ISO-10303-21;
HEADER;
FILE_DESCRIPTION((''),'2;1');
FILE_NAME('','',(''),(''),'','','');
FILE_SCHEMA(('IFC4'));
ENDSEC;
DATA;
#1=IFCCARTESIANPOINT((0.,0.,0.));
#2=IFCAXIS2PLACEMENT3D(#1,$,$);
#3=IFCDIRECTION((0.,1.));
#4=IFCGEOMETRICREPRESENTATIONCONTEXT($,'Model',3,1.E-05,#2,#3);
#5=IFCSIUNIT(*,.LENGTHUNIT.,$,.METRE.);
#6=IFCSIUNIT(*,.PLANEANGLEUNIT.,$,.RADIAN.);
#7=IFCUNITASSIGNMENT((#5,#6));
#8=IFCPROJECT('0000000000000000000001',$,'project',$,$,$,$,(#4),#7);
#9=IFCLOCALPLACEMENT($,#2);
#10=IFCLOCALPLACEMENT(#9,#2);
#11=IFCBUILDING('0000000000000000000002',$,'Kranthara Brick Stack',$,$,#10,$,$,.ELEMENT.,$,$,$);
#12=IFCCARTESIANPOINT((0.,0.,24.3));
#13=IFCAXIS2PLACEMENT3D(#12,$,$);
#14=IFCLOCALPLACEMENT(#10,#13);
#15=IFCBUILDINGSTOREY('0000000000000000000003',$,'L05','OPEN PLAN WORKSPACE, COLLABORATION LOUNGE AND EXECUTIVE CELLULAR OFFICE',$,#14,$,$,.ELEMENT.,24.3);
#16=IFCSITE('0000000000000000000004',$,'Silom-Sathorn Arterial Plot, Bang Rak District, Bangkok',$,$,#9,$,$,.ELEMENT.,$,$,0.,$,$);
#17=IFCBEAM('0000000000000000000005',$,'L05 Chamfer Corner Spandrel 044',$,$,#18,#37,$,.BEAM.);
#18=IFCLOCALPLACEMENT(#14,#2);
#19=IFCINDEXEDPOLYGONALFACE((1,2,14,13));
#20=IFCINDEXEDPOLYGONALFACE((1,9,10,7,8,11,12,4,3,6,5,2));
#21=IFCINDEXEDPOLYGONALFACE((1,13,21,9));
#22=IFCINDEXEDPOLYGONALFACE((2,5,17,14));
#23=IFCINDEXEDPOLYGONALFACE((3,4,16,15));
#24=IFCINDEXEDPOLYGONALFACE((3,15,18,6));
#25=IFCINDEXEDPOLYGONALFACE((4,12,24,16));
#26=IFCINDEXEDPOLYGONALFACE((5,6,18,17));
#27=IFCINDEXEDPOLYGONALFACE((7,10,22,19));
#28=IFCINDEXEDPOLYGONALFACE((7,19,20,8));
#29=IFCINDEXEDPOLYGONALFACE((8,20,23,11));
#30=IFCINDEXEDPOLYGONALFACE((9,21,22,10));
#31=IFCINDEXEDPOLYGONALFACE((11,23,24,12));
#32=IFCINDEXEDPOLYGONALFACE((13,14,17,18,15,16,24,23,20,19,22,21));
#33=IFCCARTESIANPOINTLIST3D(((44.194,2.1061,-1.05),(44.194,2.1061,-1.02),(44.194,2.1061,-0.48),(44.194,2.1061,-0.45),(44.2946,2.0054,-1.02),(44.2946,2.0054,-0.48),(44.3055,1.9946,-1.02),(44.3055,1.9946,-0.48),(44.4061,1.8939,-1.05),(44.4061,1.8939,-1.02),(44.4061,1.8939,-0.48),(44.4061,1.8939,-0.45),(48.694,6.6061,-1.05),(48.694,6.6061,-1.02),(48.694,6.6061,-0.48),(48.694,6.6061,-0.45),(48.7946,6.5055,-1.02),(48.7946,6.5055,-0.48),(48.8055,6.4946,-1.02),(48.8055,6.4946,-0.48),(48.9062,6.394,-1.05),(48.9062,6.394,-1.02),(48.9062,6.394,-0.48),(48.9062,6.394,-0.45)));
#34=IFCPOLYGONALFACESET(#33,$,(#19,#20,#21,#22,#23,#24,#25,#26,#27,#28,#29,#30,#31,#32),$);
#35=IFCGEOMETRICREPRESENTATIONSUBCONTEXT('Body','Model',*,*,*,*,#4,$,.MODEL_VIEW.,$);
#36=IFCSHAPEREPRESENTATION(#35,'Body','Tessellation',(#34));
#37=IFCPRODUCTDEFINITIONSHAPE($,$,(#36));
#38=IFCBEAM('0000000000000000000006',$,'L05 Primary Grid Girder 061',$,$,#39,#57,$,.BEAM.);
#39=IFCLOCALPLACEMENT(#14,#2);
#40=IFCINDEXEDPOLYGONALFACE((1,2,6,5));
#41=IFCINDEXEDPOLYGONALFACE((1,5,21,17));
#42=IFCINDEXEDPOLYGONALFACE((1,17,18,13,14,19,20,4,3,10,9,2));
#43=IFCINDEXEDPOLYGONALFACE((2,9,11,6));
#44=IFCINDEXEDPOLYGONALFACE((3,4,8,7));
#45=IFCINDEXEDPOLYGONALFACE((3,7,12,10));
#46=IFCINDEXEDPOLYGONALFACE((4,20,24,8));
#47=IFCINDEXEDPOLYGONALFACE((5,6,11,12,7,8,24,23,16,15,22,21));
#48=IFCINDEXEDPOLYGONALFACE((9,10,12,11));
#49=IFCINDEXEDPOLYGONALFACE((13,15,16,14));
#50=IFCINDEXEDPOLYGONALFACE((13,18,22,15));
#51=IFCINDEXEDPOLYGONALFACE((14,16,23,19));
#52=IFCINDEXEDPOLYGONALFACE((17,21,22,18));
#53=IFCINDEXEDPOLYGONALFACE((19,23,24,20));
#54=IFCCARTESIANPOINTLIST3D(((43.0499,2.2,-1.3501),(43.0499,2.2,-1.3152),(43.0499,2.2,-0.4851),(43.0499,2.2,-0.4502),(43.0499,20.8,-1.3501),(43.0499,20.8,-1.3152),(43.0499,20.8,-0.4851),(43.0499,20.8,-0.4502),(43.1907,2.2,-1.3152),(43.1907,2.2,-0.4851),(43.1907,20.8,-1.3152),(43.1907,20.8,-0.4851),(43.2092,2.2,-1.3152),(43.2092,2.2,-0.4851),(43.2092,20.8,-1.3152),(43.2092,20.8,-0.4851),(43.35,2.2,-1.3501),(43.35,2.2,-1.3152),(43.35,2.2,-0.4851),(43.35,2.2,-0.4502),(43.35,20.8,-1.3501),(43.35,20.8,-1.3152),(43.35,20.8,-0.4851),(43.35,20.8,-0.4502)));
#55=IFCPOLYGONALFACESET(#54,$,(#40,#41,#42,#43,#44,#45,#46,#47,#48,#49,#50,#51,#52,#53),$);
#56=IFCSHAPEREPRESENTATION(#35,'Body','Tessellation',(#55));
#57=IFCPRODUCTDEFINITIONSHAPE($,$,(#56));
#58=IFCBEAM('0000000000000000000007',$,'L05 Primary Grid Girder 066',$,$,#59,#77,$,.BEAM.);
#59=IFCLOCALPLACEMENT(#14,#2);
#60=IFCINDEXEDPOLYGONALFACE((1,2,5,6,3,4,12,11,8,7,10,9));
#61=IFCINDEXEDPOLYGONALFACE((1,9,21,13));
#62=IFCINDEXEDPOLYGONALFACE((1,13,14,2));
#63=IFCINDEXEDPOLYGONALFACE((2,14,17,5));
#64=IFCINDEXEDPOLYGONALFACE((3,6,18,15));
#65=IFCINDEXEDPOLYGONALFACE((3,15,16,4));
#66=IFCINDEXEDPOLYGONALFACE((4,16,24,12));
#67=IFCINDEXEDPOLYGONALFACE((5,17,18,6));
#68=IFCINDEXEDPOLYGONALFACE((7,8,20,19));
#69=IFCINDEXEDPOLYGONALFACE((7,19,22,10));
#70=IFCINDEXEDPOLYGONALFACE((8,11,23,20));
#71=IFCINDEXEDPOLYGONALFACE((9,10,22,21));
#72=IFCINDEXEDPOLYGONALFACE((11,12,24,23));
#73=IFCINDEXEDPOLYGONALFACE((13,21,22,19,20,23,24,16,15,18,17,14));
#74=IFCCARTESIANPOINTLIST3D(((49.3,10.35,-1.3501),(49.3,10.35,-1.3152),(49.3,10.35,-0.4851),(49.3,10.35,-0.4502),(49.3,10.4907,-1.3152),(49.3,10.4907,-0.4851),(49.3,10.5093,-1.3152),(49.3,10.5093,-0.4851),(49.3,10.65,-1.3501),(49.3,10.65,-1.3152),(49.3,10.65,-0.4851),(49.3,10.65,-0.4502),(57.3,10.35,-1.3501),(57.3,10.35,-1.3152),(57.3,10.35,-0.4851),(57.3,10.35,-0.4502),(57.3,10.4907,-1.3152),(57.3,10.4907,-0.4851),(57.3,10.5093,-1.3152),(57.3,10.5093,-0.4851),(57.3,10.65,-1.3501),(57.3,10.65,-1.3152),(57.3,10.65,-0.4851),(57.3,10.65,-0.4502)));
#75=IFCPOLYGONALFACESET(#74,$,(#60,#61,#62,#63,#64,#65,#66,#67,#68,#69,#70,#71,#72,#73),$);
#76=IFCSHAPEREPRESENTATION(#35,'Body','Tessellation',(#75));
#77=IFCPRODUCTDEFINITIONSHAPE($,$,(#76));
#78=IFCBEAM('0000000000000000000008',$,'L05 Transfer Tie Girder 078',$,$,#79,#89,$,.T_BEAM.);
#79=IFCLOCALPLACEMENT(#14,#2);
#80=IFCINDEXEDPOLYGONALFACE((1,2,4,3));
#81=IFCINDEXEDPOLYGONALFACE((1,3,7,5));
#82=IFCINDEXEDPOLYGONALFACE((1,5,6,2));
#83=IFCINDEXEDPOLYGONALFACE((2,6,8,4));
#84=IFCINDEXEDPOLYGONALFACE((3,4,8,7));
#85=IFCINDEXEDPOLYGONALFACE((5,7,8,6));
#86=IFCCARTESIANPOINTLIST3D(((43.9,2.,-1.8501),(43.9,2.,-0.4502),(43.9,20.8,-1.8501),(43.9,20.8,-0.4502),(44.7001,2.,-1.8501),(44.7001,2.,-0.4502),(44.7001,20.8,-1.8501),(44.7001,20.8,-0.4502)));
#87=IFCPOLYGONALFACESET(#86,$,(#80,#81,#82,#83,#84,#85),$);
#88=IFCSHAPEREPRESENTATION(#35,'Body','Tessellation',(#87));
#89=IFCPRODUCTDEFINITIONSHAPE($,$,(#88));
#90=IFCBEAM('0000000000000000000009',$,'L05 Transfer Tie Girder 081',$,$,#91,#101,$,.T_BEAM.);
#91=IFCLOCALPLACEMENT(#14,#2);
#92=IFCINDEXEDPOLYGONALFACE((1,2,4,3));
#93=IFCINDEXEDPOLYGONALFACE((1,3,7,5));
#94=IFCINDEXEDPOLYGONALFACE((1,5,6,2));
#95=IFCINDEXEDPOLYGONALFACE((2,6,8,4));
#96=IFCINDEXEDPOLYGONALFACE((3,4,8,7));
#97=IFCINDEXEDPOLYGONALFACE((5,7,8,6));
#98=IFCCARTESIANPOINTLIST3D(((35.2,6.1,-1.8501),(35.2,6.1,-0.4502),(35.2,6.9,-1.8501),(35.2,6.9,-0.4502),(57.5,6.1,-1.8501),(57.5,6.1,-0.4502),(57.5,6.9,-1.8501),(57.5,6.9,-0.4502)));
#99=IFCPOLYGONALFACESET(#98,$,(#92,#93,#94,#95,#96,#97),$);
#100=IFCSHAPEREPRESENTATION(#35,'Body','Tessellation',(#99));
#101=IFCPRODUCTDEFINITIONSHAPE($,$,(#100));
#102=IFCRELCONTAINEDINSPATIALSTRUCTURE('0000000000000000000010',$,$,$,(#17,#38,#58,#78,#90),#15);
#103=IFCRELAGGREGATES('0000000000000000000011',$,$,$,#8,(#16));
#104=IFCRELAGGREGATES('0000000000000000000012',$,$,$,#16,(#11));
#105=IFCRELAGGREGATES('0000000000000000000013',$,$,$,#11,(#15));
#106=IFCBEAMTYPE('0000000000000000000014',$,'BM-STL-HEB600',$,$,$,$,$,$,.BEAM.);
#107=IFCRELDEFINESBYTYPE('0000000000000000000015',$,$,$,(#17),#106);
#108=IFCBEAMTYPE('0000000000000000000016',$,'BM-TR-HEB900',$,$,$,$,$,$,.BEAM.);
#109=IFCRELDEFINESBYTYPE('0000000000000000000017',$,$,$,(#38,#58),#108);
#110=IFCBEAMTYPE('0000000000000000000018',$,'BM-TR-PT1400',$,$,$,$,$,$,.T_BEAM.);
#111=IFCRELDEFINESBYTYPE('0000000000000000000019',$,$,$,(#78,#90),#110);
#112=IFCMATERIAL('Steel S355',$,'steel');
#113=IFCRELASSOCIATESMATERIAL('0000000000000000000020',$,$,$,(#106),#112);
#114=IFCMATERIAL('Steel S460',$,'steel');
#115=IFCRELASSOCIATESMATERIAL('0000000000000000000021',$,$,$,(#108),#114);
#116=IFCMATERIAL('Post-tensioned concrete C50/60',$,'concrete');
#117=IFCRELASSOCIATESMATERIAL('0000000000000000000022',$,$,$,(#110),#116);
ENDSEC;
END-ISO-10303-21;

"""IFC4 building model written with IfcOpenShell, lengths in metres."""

from ifc_helpers import new_model, si_unit, direction, frame, origin, origin_2d, place, context, subcontext, project, spatial, rectangle, i_section, extrude, material, material_profile, profile_set, type_object, element, save


model = new_model("IFC4")

# Units and contexts
model_context = context("Model", 3, precision=1e-05, world=origin(), true_north=direction((0.0, 1.0)))
body_context = subcontext(model_context, "Body", "Model", "MODEL_VIEW")
ifc_project = project(units=[si_unit("LENGTHUNIT", "METRE"), si_unit("PLANEANGLEUNIT", "RADIAN")], contexts=[model_context])

# Site, building, storey
site_placement = place(None, origin())
site = spatial("IfcSite", under=ifc_project, at=site_placement, Name="Silom-Sathorn Arterial Plot, Bang Rak District, Bangkok", CompositionType="ELEMENT", RefElevation=0.0)
building_placement = place(site_placement, origin())
building = spatial("IfcBuilding", under=site, at=building_placement, Name="Kranthara Brick Stack", CompositionType="ELEMENT")
storey_placement = place(building_placement, frame((0.0, 0.0, 24.3)))
storey = spatial("IfcBuildingStorey", under=building, at=storey_placement, Name="L05", Description="OPEN PLAN WORKSPACE, COLLABORATION LOUNGE AND EXECUTIVE CELLULAR OFFICE", CompositionType="ELEMENT", Elevation=24.3)

# Beams
ifc_material_1 = material(Name="Steel S355", Category="steel")
ifc_material_profile_1 = material_profile(ifc_material_1, i_section(OverallWidth=0.3, OverallDepth=0.6001, WebThickness=0.0154, FlangeThickness=0.03, at=origin_2d()), Name="HEB 600")
ifc_profile_set_1 = profile_set([ifc_material_profile_1], Name="Steel S355")
beam_type_1 = type_object("IfcBeamType", Name="BM-STL-HEB600", PredefinedType="BEAM", material=ifc_profile_set_1)
beam_1_placement = place(storey_placement, frame((44.3, 2.0, -0.75), z_axis=(0.707107, 0.707107, 0.0), x_axis=(-0.707107, 0.707107, 0.0)))
element("IfcBeam", 1, at=beam_1_placement, inside=storey, type_object=beam_type_1, Name="L05 Chamfer Corner Spandrel 044", PredefinedType="BEAM", context=body_context, shape_type="SweptSolid", body=[
    extrude(i_section(OverallWidth=0.3, OverallDepth=0.6001, WebThickness=0.0154, FlangeThickness=0.03, at=origin_2d()), origin(), (0.0, 0.0, 1.0), 6.364),
])
ifc_material_2 = material(Name="Steel S460", Category="steel")
ifc_material_profile_2 = material_profile(ifc_material_2, i_section(OverallWidth=0.3, OverallDepth=0.8999, WebThickness=0.0186, FlangeThickness=0.0349, at=origin_2d()), Name="HEB 900")
ifc_profile_set_2 = profile_set([ifc_material_profile_2], Name="Steel S460")
beam_type_2 = type_object("IfcBeamType", Name="BM-TR-HEB900", PredefinedType="BEAM", material=ifc_profile_set_2)
beam_2_placement = place(storey_placement, frame((43.2, 2.2, -0.9001), z_axis=(0.0, 1.0, 0.0), x_axis=(-1.0, 0.0, 0.0)))
element("IfcBeam", 2, at=beam_2_placement, inside=storey, type_object=beam_type_2, Name="L05 Primary Grid Girder 061", PredefinedType="BEAM", context=body_context, shape_type="SweptSolid", body=[
    extrude(i_section(OverallWidth=0.3, OverallDepth=0.8999, WebThickness=0.0186, FlangeThickness=0.0349, at=origin_2d()), origin(), (0.0, 0.0, 1.0), 18.6001),
])
beam_3_placement = place(storey_placement, frame((49.3, 10.5, -0.9001), z_axis=(1.0, 0.0, 0.0), x_axis=(0.0, 1.0, 0.0)))
element("IfcBeam", 3, at=beam_3_placement, inside=storey, type_object=beam_type_2, Name="L05 Primary Grid Girder 066", PredefinedType="BEAM", context=body_context, shape_type="SweptSolid", body=[
    extrude(i_section(OverallWidth=0.3, OverallDepth=0.8999, WebThickness=0.0186, FlangeThickness=0.0349, at=origin_2d()), origin(), (0.0, 0.0, 1.0), 8.0),
])
ifc_material_3 = material(Name="Post-tensioned concrete C50/60", Category="concrete")
ifc_material_profile_3 = material_profile(ifc_material_3, rectangle(XDim=0.8, YDim=1.3999, at=origin_2d()), Name="PT 800x1400")
ifc_profile_set_3 = profile_set([ifc_material_profile_3], Name="Post-tensioned concrete C50/60")
beam_type_3 = type_object("IfcBeamType", Name="BM-TR-PT1400", PredefinedType="T_BEAM", material=ifc_profile_set_3)
beam_4_placement = place(storey_placement, frame((44.3, 2.0, -1.1501), z_axis=(0.0, 1.0, 0.0), x_axis=(-1.0, 0.0, 0.0)))
element("IfcBeam", 4, at=beam_4_placement, inside=storey, type_object=beam_type_3, Name="L05 Transfer Tie Girder 078", PredefinedType="T_BEAM", context=body_context, shape_type="SweptSolid", body=[
    extrude(rectangle(XDim=0.8, YDim=1.3999, at=origin_2d()), origin(), (0.0, 0.0, 1.0), 18.8),
])
beam_5_placement = place(storey_placement, frame((57.5, 6.5, -1.1501), z_axis=(-1.0, 0.0, 0.0), x_axis=(0.0, -1.0, 0.0)))
element("IfcBeam", 5, at=beam_5_placement, inside=storey, type_object=beam_type_3, Name="L05 Transfer Tie Girder 081", PredefinedType="T_BEAM", context=body_context, shape_type="SweptSolid", body=[
    extrude(rectangle(XDim=0.8, YDim=1.3999, at=origin_2d()), origin(), (0.0, 0.0, 1.0), 22.3),
])

save(model, "model.ifc")
